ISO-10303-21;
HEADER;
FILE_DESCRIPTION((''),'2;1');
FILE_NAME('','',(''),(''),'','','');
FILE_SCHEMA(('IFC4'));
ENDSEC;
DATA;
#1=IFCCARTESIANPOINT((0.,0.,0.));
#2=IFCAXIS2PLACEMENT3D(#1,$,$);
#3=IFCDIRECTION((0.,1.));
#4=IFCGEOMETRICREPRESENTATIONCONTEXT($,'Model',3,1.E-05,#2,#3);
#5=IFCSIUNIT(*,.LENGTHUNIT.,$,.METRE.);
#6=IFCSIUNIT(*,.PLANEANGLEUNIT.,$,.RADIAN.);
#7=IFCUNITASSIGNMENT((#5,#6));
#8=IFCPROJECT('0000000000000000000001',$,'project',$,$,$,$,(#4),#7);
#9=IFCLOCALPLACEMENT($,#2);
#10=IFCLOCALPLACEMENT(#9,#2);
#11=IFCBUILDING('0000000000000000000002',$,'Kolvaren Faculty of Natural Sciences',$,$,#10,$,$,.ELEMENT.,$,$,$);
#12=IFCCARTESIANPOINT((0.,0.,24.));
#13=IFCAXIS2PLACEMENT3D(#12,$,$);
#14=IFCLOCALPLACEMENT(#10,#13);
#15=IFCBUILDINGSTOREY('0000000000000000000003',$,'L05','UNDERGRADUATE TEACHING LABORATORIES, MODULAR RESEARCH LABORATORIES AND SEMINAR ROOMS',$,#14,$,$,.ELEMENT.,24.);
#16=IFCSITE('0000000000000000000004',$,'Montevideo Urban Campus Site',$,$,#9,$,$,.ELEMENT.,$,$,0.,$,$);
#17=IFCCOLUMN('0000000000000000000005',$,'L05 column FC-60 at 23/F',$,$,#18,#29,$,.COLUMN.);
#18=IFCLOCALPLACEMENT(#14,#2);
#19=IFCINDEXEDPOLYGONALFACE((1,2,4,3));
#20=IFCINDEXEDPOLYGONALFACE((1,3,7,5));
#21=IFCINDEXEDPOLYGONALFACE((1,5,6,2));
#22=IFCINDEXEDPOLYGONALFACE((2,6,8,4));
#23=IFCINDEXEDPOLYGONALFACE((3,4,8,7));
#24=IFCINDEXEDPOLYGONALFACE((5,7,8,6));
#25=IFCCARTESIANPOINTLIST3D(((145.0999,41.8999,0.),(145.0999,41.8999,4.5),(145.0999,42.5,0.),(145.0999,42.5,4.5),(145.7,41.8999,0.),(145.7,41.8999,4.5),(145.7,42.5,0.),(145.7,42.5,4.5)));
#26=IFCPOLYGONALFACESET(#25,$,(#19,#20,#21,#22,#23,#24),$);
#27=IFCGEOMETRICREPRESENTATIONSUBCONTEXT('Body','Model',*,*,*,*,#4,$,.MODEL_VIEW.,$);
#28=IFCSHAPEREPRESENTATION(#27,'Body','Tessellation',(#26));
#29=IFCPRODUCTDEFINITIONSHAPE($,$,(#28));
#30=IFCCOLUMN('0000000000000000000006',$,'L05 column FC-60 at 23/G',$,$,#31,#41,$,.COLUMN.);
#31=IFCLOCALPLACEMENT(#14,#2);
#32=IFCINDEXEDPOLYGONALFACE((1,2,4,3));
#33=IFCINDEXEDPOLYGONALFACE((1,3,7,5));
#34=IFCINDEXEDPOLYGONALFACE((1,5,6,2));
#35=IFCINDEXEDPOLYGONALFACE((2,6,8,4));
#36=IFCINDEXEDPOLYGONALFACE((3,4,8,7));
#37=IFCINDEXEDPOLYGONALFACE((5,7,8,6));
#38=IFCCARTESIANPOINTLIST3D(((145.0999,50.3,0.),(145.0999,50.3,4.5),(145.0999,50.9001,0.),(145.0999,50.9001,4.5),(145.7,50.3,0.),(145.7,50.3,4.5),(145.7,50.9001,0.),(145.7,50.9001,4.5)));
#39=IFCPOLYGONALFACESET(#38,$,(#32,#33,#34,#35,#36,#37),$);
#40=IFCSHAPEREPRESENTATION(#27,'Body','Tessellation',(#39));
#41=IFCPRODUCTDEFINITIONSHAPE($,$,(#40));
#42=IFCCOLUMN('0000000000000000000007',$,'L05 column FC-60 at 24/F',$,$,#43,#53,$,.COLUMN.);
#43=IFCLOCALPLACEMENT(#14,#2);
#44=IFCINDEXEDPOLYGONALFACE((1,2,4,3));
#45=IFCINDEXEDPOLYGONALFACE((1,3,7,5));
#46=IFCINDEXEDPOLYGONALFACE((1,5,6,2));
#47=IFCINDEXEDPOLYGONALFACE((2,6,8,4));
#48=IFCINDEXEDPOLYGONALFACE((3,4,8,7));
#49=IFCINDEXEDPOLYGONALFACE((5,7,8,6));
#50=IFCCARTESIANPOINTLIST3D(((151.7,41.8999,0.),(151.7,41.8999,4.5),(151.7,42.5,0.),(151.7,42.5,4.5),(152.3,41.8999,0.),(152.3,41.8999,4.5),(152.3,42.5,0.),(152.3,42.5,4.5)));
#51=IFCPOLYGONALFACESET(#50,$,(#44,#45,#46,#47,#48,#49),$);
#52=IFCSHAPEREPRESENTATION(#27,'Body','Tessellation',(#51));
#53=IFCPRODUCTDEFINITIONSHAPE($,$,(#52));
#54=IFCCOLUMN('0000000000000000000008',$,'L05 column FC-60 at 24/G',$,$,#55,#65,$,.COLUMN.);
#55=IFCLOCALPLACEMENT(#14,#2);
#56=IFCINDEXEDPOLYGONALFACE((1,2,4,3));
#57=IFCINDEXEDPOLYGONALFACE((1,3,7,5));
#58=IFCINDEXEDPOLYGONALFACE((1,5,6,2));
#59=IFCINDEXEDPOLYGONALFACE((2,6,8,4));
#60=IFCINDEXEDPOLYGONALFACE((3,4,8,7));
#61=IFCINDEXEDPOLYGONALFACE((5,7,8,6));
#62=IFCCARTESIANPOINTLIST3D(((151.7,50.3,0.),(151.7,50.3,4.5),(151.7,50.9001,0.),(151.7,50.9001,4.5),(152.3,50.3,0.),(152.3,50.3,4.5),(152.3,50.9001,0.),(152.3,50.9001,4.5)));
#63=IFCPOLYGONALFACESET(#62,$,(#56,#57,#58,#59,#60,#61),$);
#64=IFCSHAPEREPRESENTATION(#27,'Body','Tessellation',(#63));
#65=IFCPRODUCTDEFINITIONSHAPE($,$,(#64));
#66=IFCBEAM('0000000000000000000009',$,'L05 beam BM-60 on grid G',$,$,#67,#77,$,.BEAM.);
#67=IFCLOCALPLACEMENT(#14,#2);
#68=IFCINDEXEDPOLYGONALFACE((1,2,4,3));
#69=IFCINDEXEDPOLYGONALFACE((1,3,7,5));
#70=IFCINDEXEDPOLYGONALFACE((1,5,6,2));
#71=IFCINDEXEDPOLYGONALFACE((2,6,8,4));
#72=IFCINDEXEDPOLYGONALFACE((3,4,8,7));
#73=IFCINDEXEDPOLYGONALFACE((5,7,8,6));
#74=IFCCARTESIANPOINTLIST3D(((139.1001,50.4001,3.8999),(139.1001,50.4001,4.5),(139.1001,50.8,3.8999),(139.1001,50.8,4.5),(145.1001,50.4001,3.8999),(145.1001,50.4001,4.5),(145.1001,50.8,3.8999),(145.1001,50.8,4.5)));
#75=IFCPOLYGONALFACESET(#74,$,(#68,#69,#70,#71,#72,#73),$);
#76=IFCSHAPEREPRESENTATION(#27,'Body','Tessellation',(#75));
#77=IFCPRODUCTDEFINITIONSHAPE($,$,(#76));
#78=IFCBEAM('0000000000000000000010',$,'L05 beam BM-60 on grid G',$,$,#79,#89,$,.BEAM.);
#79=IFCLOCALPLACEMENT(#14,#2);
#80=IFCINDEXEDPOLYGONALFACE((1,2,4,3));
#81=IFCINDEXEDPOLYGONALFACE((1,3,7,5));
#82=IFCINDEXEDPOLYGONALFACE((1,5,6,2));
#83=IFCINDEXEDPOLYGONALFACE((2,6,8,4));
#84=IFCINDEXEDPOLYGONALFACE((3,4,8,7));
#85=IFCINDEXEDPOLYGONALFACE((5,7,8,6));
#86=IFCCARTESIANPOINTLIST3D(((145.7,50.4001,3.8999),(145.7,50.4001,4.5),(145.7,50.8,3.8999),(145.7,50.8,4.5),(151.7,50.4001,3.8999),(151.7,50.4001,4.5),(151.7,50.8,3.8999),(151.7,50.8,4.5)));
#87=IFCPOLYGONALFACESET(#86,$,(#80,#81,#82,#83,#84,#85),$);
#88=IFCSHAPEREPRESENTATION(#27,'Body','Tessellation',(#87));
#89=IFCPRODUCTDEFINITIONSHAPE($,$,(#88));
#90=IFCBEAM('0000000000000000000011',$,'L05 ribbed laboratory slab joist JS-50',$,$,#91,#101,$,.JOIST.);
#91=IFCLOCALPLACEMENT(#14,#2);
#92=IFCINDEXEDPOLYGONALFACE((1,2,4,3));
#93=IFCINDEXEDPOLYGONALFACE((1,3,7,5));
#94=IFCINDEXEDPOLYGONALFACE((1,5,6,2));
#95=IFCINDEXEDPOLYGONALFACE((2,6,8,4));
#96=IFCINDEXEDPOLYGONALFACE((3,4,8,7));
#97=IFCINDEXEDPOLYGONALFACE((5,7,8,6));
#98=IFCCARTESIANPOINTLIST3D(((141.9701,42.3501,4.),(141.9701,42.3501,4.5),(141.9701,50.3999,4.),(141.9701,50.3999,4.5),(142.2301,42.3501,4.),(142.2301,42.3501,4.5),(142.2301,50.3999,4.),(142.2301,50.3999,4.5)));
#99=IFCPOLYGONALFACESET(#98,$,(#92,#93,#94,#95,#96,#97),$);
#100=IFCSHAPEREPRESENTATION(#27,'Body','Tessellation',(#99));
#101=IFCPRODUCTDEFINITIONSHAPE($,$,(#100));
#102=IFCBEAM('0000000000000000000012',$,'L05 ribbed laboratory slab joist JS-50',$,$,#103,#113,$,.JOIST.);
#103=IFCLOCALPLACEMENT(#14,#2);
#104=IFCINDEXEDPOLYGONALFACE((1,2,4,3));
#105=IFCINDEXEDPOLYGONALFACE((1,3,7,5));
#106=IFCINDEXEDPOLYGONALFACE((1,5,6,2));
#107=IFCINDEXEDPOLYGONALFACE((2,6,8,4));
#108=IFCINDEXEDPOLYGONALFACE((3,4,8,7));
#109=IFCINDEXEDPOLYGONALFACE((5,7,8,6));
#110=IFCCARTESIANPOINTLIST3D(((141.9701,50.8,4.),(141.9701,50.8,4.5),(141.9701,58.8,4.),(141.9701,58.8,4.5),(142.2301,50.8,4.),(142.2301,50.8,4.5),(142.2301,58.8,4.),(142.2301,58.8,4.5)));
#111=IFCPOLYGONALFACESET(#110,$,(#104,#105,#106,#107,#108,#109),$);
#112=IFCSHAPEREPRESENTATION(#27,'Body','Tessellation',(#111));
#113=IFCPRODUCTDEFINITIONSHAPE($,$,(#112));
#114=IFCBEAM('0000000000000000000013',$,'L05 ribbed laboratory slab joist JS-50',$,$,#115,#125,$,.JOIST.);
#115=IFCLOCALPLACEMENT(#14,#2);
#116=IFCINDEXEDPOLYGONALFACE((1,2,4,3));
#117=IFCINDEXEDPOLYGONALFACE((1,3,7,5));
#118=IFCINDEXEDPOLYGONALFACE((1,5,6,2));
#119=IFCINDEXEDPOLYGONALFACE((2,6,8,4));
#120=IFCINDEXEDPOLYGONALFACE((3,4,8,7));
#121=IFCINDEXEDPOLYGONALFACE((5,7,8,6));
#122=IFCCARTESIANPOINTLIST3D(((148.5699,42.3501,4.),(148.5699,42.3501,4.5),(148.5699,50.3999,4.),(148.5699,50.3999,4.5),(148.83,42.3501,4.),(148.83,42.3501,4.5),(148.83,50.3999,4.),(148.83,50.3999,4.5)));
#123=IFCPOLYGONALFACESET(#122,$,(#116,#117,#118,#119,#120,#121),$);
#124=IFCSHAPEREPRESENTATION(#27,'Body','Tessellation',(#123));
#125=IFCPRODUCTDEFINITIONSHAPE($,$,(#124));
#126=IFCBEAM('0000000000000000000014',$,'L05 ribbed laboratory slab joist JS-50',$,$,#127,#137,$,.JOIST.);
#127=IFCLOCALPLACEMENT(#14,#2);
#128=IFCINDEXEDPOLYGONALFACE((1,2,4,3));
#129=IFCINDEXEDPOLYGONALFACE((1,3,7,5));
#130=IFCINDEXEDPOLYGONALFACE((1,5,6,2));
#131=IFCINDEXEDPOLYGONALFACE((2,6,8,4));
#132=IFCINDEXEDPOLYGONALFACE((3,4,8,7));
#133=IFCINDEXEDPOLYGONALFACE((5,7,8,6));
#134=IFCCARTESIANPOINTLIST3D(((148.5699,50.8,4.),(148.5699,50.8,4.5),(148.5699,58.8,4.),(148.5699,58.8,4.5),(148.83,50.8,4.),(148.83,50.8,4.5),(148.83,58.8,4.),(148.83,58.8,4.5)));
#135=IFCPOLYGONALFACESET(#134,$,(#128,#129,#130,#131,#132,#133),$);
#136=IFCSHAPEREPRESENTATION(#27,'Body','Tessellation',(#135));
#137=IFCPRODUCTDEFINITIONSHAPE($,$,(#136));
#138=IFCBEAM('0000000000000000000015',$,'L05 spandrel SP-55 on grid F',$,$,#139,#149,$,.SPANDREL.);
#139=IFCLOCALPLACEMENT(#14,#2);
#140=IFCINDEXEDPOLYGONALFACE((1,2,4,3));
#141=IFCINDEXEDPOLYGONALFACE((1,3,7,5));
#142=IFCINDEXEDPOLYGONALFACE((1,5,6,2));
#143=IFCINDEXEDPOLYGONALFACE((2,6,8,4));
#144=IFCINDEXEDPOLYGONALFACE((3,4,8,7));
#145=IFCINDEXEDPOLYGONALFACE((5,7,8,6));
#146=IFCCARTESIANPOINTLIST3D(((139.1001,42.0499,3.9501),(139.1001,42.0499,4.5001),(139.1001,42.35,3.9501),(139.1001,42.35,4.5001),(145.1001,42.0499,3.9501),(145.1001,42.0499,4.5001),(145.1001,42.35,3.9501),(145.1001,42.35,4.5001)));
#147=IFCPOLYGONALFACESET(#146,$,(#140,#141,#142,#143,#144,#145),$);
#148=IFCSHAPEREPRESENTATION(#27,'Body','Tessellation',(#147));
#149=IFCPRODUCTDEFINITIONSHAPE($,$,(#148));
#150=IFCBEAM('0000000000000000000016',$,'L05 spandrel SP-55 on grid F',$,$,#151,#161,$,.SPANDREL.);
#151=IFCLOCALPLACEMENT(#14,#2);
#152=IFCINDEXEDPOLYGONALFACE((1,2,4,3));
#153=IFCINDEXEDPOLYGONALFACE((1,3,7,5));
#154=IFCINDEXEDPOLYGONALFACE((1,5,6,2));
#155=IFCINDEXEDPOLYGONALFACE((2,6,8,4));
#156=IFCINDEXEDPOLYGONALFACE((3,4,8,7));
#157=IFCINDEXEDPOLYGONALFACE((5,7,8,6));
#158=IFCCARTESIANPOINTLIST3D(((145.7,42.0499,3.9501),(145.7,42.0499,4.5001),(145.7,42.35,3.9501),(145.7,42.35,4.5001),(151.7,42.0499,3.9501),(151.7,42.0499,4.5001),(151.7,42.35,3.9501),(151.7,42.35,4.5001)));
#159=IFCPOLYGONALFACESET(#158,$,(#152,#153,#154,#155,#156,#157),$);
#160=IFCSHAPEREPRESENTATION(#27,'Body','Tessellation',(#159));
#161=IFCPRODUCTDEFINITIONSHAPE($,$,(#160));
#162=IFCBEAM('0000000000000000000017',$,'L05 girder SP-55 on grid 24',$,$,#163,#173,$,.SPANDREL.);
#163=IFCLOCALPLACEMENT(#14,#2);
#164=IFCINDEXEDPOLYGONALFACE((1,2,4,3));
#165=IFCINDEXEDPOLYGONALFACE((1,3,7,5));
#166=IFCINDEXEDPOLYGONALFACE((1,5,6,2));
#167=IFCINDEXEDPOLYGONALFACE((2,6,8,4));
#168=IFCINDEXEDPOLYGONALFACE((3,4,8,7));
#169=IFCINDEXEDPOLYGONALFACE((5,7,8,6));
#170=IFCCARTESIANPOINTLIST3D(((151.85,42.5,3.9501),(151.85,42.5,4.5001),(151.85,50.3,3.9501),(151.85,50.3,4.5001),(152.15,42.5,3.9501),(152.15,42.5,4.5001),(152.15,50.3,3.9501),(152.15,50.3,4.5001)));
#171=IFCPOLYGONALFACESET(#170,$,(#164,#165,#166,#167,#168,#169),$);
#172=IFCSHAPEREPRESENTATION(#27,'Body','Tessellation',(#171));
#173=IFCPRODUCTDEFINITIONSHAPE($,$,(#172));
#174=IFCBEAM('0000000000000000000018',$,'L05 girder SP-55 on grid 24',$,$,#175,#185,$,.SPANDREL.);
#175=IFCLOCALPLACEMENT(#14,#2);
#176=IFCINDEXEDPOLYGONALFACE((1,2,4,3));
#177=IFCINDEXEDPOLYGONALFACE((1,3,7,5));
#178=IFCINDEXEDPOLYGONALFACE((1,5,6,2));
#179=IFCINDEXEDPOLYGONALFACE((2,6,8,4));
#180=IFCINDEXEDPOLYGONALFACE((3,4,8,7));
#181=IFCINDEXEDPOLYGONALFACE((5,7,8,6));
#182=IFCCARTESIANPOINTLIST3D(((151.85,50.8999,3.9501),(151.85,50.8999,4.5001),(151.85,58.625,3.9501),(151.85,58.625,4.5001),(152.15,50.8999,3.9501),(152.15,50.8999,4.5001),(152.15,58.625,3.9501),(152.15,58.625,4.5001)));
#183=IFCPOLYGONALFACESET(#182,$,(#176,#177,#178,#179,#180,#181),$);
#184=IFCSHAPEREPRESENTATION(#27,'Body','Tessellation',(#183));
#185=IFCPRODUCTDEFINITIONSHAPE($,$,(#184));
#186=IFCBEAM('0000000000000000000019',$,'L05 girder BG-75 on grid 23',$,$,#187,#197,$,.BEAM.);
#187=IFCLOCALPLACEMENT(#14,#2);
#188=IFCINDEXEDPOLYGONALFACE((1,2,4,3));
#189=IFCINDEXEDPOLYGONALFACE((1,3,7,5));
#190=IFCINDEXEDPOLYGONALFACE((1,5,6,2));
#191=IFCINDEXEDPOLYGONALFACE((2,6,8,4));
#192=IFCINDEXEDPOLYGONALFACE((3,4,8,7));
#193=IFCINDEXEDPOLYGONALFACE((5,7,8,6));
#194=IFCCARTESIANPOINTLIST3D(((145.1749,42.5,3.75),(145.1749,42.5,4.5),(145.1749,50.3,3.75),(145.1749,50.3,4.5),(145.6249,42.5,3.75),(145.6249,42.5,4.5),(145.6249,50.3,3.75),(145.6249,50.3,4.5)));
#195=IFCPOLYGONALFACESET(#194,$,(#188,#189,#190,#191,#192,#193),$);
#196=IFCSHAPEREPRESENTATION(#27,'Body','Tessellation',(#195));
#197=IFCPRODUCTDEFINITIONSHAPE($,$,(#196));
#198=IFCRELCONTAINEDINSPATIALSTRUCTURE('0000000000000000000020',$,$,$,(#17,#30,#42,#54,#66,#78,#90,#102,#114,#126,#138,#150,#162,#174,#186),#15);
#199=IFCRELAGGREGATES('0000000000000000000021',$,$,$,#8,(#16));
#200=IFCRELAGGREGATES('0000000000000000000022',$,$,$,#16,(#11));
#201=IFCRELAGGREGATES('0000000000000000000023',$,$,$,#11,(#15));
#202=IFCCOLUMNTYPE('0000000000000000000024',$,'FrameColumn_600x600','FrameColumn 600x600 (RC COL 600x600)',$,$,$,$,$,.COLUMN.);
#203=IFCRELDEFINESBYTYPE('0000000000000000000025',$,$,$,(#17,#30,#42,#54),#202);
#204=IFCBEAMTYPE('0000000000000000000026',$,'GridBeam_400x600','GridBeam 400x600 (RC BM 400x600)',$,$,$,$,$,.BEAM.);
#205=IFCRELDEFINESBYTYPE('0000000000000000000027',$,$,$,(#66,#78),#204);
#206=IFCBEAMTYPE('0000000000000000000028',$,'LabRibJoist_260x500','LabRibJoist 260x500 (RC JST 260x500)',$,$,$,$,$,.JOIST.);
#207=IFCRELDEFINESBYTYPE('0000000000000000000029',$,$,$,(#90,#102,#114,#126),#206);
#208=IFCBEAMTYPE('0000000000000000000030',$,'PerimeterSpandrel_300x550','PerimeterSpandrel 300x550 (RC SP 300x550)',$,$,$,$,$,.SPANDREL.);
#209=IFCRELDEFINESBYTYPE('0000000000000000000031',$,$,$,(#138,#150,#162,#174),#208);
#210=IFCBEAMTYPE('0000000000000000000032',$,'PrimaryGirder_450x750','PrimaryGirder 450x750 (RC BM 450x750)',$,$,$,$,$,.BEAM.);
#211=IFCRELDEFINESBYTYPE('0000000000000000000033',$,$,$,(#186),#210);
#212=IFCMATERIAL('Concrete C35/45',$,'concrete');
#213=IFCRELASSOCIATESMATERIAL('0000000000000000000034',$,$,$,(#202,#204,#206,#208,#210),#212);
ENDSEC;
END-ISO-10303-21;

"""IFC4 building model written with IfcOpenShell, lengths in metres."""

from ifc_helpers import new_model, si_unit, direction, frame, origin, origin_2d, place, context, subcontext, project, spatial, rectangle, extrude, material, material_profile, profile_set, type_object, element, save


model = new_model("IFC4")

# Units and contexts
model_context = context("Model", 3, precision=1e-05, world=origin(), true_north=direction((0.0, 1.0)))
body_context = subcontext(model_context, "Body", "Model", "MODEL_VIEW")
ifc_project = project(units=[si_unit("LENGTHUNIT", "METRE"), si_unit("PLANEANGLEUNIT", "RADIAN")], contexts=[model_context])

# Site, building, storey
site_placement = place(None, origin())
site = spatial("IfcSite", under=ifc_project, at=site_placement, Name="Montevideo Urban Campus Site", CompositionType="ELEMENT", RefElevation=0.0)
building_placement = place(site_placement, origin())
building = spatial("IfcBuilding", under=site, at=building_placement, Name="Kolvaren Faculty of Natural Sciences", CompositionType="ELEMENT")
storey_placement = place(building_placement, frame((0.0, 0.0, 24.0)))
storey = spatial("IfcBuildingStorey", under=building, at=storey_placement, Name="L05", Description="UNDERGRADUATE TEACHING LABORATORIES, MODULAR RESEARCH LABORATORIES AND SEMINAR ROOMS", CompositionType="ELEMENT", Elevation=24.0)

# Columns
ifc_material_1 = material(Name="Concrete C35/45", Category="concrete")
ifc_material_profile_1 = material_profile(ifc_material_1, rectangle(XDim=0.6001, YDim=0.6001, at=origin_2d()), Name="RC COL 600x600")
ifc_profile_set_1 = profile_set([ifc_material_profile_1], Name="Concrete C35/45")
column_type = type_object("IfcColumnType", Name="FrameColumn_600x600", Description="FrameColumn 600x600 (RC COL 600x600)", PredefinedType="COLUMN", material=ifc_profile_set_1)
for number, where, z_axis, x_axis, name in (
    (1, (145.3999, 42.2, 0.0), (0.0, 0.0, 1.0), (1.0, 0.0, 0.0), "L05 column FC-60 at 23/F"),
    (2, (145.3999, 50.6001, 0.0), (0.0, 0.0, 1.0), (1.0, 0.0, 0.0), "L05 column FC-60 at 23/G"),
    (3, (152.0, 42.2, 0.0), (0.0, 0.0, 1.0), (1.0, 0.0, 0.0), "L05 column FC-60 at 24/F"),
    (4, (152.0, 50.6001, 0.0), (0.0, 0.0, 1.0), (1.0, 0.0, 0.0), "L05 column FC-60 at 24/G"),
):
    element("IfcColumn", number, at=place(storey_placement, frame(where, z_axis=z_axis, x_axis=x_axis)), inside=storey, type_object=column_type, Name=name, PredefinedType="COLUMN", context=body_context, shape_type="SweptSolid", body=[
        extrude(rectangle(XDim=0.6001, YDim=0.6001, at=origin_2d()), origin(), (0.0, 0.0, 1.0), 4.5),
    ])

# Beams
ifc_material_profile_2 = material_profile(ifc_material_1, rectangle(XDim=0.3999, YDim=0.6001, at=origin_2d()), Name="RC BM 400x600")
ifc_profile_set_2 = profile_set([ifc_material_profile_2], Name="Concrete C35/45")
beam_type_1 = type_object("IfcBeamType", Name="GridBeam_400x600", Description="GridBeam 400x600 (RC BM 400x600)", PredefinedType="BEAM", material=ifc_profile_set_2)
for number, where, z_axis, x_axis, name in (
    (5, (139.1001, 50.6001, 4.2), (1.0, 0.0, 0.0), (0.0, 1.0, 0.0), "L05 beam BM-60 on grid G"),
    (6, (145.7, 50.6001, 4.2), (1.0, 0.0, 0.0), (0.0, 1.0, 0.0), "L05 beam BM-60 on grid G"),
):
    element("IfcBeam", number, at=place(storey_placement, frame(where, z_axis=z_axis, x_axis=x_axis)), inside=storey, type_object=beam_type_1, Name=name, PredefinedType="BEAM", context=body_context, shape_type="SweptSolid", body=[
        extrude(rectangle(XDim=0.3999, YDim=0.6001, at=origin_2d()), origin(), (0.0, 0.0, 1.0), 6.0),
    ])
ifc_material_profile_3 = material_profile(ifc_material_1, rectangle(XDim=0.26, YDim=0.5, at=origin_2d()), Name="RC JST 260x500")
ifc_profile_set_3 = profile_set([ifc_material_profile_3], Name="Concrete C35/45")
beam_type_2 = type_object("IfcBeamType", Name="LabRibJoist_260x500", Description="LabRibJoist 260x500 (RC JST 260x500)", PredefinedType="JOIST", material=ifc_profile_set_3)
beam_1_placement = place(storey_placement, frame((142.1001, 42.3501, 4.25), z_axis=(0.0, 1.0, 0.0), x_axis=(-1.0, 0.0, 0.0)))
element("IfcBeam", 7, at=beam_1_placement, inside=storey, type_object=beam_type_2, Name="L05 ribbed laboratory slab joist JS-50", PredefinedType="JOIST", context=body_context, shape_type="SweptSolid", body=[
    extrude(rectangle(XDim=0.26, YDim=0.5, at=origin_2d()), origin(), (0.0, 0.0, 1.0), 8.0498),
])
beam_2_placement = place(storey_placement, frame((142.1001, 50.8, 4.25), z_axis=(0.0, 1.0, 0.0), x_axis=(-1.0, 0.0, 0.0)))
element("IfcBeam", 8, at=beam_2_placement, inside=storey, type_object=beam_type_2, Name="L05 ribbed laboratory slab joist JS-50", PredefinedType="JOIST", context=body_context, shape_type="SweptSolid", body=[
    extrude(rectangle(XDim=0.26, YDim=0.5, at=origin_2d()), origin(), (0.0, 0.0, 1.0), 8.0),
])
beam_3_placement = place(storey_placement, frame((148.7, 42.3501, 4.25), z_axis=(0.0, 1.0, 0.0), x_axis=(-1.0, 0.0, 0.0)))
element("IfcBeam", 9, at=beam_3_placement, inside=storey, type_object=beam_type_2, Name="L05 ribbed laboratory slab joist JS-50", PredefinedType="JOIST", context=body_context, shape_type="SweptSolid", body=[
    extrude(rectangle(XDim=0.26, YDim=0.5, at=origin_2d()), origin(), (0.0, 0.0, 1.0), 8.0498),
])
beam_4_placement = place(storey_placement, frame((148.7, 50.8, 4.25), z_axis=(0.0, 1.0, 0.0), x_axis=(-1.0, 0.0, 0.0)))
element("IfcBeam", 10, at=beam_4_placement, inside=storey, type_object=beam_type_2, Name="L05 ribbed laboratory slab joist JS-50", PredefinedType="JOIST", context=body_context, shape_type="SweptSolid", body=[
    extrude(rectangle(XDim=0.26, YDim=0.5, at=origin_2d()), origin(), (0.0, 0.0, 1.0), 8.0),
])
ifc_material_profile_4 = material_profile(ifc_material_1, rectangle(XDim=0.3, YDim=0.55, at=origin_2d()), Name="RC SP 300x550")
ifc_profile_set_4 = profile_set([ifc_material_profile_4], Name="Concrete C35/45")
beam_type_3 = type_object("IfcBeamType", Name="PerimeterSpandrel_300x550", Description="PerimeterSpandrel 300x550 (RC SP 300x550)", PredefinedType="SPANDREL", material=ifc_profile_set_4)
for number, where, z_axis, x_axis, name in (
    (11, (139.1001, 42.2, 4.2251), (1.0, 0.0, 0.0), (0.0, 1.0, 0.0), "L05 spandrel SP-55 on grid F"),
    (12, (145.7, 42.2, 4.2251), (1.0, 0.0, 0.0), (0.0, 1.0, 0.0), "L05 spandrel SP-55 on grid F"),
):
    element("IfcBeam", number, at=place(storey_placement, frame(where, z_axis=z_axis, x_axis=x_axis)), inside=storey, type_object=beam_type_3, Name=name, PredefinedType="SPANDREL", context=body_context, shape_type="SweptSolid", body=[
        extrude(rectangle(XDim=0.3, YDim=0.55, at=origin_2d()), origin(), (0.0, 0.0, 1.0), 6.0),
    ])
beam_5_placement = place(storey_placement, frame((152.0, 42.5, 4.2251), z_axis=(0.0, 1.0, 0.0), x_axis=(-1.0, 0.0, 0.0)))
element("IfcBeam", 13, at=beam_5_placement, inside=storey, type_object=beam_type_3, Name="L05 girder SP-55 on grid 24", PredefinedType="SPANDREL", context=body_context, shape_type="SweptSolid", body=[
    extrude(rectangle(XDim=0.3, YDim=0.55, at=origin_2d()), origin(), (0.0, 0.0, 1.0), 7.8),
])
beam_6_placement = place(storey_placement, frame((152.0, 50.8999, 4.2251), z_axis=(0.0, 1.0, 0.0), x_axis=(-1.0, 0.0, 0.0)))
element("IfcBeam", 14, at=beam_6_placement, inside=storey, type_object=beam_type_3, Name="L05 girder SP-55 on grid 24", PredefinedType="SPANDREL", context=body_context, shape_type="SweptSolid", body=[
    extrude(rectangle(XDim=0.3, YDim=0.55, at=origin_2d()), origin(), (0.0, 0.0, 1.0), 7.7251),
])
ifc_material_profile_5 = material_profile(ifc_material_1, rectangle(XDim=0.45, YDim=0.75, at=origin_2d()), Name="RC BM 450x750")
ifc_profile_set_5 = profile_set([ifc_material_profile_5], Name="Concrete C35/45")
beam_type_4 = type_object("IfcBeamType", Name="PrimaryGirder_450x750", Description="PrimaryGirder 450x750 (RC BM 450x750)", PredefinedType="BEAM", material=ifc_profile_set_5)
beam_7_placement = place(storey_placement, frame((145.3999, 42.5, 4.125), z_axis=(0.0, 1.0, 0.0), x_axis=(-1.0, 0.0, 0.0)))
element("IfcBeam", 15, at=beam_7_placement, inside=storey, type_object=beam_type_4, Name="L05 girder BG-75 on grid 23", PredefinedType="BEAM", context=body_context, shape_type="SweptSolid", body=[
    extrude(rectangle(XDim=0.45, YDim=0.75, at=origin_2d()), origin(), (0.0, 0.0, 1.0), 7.8),
])

save(model, "model.ifc")
